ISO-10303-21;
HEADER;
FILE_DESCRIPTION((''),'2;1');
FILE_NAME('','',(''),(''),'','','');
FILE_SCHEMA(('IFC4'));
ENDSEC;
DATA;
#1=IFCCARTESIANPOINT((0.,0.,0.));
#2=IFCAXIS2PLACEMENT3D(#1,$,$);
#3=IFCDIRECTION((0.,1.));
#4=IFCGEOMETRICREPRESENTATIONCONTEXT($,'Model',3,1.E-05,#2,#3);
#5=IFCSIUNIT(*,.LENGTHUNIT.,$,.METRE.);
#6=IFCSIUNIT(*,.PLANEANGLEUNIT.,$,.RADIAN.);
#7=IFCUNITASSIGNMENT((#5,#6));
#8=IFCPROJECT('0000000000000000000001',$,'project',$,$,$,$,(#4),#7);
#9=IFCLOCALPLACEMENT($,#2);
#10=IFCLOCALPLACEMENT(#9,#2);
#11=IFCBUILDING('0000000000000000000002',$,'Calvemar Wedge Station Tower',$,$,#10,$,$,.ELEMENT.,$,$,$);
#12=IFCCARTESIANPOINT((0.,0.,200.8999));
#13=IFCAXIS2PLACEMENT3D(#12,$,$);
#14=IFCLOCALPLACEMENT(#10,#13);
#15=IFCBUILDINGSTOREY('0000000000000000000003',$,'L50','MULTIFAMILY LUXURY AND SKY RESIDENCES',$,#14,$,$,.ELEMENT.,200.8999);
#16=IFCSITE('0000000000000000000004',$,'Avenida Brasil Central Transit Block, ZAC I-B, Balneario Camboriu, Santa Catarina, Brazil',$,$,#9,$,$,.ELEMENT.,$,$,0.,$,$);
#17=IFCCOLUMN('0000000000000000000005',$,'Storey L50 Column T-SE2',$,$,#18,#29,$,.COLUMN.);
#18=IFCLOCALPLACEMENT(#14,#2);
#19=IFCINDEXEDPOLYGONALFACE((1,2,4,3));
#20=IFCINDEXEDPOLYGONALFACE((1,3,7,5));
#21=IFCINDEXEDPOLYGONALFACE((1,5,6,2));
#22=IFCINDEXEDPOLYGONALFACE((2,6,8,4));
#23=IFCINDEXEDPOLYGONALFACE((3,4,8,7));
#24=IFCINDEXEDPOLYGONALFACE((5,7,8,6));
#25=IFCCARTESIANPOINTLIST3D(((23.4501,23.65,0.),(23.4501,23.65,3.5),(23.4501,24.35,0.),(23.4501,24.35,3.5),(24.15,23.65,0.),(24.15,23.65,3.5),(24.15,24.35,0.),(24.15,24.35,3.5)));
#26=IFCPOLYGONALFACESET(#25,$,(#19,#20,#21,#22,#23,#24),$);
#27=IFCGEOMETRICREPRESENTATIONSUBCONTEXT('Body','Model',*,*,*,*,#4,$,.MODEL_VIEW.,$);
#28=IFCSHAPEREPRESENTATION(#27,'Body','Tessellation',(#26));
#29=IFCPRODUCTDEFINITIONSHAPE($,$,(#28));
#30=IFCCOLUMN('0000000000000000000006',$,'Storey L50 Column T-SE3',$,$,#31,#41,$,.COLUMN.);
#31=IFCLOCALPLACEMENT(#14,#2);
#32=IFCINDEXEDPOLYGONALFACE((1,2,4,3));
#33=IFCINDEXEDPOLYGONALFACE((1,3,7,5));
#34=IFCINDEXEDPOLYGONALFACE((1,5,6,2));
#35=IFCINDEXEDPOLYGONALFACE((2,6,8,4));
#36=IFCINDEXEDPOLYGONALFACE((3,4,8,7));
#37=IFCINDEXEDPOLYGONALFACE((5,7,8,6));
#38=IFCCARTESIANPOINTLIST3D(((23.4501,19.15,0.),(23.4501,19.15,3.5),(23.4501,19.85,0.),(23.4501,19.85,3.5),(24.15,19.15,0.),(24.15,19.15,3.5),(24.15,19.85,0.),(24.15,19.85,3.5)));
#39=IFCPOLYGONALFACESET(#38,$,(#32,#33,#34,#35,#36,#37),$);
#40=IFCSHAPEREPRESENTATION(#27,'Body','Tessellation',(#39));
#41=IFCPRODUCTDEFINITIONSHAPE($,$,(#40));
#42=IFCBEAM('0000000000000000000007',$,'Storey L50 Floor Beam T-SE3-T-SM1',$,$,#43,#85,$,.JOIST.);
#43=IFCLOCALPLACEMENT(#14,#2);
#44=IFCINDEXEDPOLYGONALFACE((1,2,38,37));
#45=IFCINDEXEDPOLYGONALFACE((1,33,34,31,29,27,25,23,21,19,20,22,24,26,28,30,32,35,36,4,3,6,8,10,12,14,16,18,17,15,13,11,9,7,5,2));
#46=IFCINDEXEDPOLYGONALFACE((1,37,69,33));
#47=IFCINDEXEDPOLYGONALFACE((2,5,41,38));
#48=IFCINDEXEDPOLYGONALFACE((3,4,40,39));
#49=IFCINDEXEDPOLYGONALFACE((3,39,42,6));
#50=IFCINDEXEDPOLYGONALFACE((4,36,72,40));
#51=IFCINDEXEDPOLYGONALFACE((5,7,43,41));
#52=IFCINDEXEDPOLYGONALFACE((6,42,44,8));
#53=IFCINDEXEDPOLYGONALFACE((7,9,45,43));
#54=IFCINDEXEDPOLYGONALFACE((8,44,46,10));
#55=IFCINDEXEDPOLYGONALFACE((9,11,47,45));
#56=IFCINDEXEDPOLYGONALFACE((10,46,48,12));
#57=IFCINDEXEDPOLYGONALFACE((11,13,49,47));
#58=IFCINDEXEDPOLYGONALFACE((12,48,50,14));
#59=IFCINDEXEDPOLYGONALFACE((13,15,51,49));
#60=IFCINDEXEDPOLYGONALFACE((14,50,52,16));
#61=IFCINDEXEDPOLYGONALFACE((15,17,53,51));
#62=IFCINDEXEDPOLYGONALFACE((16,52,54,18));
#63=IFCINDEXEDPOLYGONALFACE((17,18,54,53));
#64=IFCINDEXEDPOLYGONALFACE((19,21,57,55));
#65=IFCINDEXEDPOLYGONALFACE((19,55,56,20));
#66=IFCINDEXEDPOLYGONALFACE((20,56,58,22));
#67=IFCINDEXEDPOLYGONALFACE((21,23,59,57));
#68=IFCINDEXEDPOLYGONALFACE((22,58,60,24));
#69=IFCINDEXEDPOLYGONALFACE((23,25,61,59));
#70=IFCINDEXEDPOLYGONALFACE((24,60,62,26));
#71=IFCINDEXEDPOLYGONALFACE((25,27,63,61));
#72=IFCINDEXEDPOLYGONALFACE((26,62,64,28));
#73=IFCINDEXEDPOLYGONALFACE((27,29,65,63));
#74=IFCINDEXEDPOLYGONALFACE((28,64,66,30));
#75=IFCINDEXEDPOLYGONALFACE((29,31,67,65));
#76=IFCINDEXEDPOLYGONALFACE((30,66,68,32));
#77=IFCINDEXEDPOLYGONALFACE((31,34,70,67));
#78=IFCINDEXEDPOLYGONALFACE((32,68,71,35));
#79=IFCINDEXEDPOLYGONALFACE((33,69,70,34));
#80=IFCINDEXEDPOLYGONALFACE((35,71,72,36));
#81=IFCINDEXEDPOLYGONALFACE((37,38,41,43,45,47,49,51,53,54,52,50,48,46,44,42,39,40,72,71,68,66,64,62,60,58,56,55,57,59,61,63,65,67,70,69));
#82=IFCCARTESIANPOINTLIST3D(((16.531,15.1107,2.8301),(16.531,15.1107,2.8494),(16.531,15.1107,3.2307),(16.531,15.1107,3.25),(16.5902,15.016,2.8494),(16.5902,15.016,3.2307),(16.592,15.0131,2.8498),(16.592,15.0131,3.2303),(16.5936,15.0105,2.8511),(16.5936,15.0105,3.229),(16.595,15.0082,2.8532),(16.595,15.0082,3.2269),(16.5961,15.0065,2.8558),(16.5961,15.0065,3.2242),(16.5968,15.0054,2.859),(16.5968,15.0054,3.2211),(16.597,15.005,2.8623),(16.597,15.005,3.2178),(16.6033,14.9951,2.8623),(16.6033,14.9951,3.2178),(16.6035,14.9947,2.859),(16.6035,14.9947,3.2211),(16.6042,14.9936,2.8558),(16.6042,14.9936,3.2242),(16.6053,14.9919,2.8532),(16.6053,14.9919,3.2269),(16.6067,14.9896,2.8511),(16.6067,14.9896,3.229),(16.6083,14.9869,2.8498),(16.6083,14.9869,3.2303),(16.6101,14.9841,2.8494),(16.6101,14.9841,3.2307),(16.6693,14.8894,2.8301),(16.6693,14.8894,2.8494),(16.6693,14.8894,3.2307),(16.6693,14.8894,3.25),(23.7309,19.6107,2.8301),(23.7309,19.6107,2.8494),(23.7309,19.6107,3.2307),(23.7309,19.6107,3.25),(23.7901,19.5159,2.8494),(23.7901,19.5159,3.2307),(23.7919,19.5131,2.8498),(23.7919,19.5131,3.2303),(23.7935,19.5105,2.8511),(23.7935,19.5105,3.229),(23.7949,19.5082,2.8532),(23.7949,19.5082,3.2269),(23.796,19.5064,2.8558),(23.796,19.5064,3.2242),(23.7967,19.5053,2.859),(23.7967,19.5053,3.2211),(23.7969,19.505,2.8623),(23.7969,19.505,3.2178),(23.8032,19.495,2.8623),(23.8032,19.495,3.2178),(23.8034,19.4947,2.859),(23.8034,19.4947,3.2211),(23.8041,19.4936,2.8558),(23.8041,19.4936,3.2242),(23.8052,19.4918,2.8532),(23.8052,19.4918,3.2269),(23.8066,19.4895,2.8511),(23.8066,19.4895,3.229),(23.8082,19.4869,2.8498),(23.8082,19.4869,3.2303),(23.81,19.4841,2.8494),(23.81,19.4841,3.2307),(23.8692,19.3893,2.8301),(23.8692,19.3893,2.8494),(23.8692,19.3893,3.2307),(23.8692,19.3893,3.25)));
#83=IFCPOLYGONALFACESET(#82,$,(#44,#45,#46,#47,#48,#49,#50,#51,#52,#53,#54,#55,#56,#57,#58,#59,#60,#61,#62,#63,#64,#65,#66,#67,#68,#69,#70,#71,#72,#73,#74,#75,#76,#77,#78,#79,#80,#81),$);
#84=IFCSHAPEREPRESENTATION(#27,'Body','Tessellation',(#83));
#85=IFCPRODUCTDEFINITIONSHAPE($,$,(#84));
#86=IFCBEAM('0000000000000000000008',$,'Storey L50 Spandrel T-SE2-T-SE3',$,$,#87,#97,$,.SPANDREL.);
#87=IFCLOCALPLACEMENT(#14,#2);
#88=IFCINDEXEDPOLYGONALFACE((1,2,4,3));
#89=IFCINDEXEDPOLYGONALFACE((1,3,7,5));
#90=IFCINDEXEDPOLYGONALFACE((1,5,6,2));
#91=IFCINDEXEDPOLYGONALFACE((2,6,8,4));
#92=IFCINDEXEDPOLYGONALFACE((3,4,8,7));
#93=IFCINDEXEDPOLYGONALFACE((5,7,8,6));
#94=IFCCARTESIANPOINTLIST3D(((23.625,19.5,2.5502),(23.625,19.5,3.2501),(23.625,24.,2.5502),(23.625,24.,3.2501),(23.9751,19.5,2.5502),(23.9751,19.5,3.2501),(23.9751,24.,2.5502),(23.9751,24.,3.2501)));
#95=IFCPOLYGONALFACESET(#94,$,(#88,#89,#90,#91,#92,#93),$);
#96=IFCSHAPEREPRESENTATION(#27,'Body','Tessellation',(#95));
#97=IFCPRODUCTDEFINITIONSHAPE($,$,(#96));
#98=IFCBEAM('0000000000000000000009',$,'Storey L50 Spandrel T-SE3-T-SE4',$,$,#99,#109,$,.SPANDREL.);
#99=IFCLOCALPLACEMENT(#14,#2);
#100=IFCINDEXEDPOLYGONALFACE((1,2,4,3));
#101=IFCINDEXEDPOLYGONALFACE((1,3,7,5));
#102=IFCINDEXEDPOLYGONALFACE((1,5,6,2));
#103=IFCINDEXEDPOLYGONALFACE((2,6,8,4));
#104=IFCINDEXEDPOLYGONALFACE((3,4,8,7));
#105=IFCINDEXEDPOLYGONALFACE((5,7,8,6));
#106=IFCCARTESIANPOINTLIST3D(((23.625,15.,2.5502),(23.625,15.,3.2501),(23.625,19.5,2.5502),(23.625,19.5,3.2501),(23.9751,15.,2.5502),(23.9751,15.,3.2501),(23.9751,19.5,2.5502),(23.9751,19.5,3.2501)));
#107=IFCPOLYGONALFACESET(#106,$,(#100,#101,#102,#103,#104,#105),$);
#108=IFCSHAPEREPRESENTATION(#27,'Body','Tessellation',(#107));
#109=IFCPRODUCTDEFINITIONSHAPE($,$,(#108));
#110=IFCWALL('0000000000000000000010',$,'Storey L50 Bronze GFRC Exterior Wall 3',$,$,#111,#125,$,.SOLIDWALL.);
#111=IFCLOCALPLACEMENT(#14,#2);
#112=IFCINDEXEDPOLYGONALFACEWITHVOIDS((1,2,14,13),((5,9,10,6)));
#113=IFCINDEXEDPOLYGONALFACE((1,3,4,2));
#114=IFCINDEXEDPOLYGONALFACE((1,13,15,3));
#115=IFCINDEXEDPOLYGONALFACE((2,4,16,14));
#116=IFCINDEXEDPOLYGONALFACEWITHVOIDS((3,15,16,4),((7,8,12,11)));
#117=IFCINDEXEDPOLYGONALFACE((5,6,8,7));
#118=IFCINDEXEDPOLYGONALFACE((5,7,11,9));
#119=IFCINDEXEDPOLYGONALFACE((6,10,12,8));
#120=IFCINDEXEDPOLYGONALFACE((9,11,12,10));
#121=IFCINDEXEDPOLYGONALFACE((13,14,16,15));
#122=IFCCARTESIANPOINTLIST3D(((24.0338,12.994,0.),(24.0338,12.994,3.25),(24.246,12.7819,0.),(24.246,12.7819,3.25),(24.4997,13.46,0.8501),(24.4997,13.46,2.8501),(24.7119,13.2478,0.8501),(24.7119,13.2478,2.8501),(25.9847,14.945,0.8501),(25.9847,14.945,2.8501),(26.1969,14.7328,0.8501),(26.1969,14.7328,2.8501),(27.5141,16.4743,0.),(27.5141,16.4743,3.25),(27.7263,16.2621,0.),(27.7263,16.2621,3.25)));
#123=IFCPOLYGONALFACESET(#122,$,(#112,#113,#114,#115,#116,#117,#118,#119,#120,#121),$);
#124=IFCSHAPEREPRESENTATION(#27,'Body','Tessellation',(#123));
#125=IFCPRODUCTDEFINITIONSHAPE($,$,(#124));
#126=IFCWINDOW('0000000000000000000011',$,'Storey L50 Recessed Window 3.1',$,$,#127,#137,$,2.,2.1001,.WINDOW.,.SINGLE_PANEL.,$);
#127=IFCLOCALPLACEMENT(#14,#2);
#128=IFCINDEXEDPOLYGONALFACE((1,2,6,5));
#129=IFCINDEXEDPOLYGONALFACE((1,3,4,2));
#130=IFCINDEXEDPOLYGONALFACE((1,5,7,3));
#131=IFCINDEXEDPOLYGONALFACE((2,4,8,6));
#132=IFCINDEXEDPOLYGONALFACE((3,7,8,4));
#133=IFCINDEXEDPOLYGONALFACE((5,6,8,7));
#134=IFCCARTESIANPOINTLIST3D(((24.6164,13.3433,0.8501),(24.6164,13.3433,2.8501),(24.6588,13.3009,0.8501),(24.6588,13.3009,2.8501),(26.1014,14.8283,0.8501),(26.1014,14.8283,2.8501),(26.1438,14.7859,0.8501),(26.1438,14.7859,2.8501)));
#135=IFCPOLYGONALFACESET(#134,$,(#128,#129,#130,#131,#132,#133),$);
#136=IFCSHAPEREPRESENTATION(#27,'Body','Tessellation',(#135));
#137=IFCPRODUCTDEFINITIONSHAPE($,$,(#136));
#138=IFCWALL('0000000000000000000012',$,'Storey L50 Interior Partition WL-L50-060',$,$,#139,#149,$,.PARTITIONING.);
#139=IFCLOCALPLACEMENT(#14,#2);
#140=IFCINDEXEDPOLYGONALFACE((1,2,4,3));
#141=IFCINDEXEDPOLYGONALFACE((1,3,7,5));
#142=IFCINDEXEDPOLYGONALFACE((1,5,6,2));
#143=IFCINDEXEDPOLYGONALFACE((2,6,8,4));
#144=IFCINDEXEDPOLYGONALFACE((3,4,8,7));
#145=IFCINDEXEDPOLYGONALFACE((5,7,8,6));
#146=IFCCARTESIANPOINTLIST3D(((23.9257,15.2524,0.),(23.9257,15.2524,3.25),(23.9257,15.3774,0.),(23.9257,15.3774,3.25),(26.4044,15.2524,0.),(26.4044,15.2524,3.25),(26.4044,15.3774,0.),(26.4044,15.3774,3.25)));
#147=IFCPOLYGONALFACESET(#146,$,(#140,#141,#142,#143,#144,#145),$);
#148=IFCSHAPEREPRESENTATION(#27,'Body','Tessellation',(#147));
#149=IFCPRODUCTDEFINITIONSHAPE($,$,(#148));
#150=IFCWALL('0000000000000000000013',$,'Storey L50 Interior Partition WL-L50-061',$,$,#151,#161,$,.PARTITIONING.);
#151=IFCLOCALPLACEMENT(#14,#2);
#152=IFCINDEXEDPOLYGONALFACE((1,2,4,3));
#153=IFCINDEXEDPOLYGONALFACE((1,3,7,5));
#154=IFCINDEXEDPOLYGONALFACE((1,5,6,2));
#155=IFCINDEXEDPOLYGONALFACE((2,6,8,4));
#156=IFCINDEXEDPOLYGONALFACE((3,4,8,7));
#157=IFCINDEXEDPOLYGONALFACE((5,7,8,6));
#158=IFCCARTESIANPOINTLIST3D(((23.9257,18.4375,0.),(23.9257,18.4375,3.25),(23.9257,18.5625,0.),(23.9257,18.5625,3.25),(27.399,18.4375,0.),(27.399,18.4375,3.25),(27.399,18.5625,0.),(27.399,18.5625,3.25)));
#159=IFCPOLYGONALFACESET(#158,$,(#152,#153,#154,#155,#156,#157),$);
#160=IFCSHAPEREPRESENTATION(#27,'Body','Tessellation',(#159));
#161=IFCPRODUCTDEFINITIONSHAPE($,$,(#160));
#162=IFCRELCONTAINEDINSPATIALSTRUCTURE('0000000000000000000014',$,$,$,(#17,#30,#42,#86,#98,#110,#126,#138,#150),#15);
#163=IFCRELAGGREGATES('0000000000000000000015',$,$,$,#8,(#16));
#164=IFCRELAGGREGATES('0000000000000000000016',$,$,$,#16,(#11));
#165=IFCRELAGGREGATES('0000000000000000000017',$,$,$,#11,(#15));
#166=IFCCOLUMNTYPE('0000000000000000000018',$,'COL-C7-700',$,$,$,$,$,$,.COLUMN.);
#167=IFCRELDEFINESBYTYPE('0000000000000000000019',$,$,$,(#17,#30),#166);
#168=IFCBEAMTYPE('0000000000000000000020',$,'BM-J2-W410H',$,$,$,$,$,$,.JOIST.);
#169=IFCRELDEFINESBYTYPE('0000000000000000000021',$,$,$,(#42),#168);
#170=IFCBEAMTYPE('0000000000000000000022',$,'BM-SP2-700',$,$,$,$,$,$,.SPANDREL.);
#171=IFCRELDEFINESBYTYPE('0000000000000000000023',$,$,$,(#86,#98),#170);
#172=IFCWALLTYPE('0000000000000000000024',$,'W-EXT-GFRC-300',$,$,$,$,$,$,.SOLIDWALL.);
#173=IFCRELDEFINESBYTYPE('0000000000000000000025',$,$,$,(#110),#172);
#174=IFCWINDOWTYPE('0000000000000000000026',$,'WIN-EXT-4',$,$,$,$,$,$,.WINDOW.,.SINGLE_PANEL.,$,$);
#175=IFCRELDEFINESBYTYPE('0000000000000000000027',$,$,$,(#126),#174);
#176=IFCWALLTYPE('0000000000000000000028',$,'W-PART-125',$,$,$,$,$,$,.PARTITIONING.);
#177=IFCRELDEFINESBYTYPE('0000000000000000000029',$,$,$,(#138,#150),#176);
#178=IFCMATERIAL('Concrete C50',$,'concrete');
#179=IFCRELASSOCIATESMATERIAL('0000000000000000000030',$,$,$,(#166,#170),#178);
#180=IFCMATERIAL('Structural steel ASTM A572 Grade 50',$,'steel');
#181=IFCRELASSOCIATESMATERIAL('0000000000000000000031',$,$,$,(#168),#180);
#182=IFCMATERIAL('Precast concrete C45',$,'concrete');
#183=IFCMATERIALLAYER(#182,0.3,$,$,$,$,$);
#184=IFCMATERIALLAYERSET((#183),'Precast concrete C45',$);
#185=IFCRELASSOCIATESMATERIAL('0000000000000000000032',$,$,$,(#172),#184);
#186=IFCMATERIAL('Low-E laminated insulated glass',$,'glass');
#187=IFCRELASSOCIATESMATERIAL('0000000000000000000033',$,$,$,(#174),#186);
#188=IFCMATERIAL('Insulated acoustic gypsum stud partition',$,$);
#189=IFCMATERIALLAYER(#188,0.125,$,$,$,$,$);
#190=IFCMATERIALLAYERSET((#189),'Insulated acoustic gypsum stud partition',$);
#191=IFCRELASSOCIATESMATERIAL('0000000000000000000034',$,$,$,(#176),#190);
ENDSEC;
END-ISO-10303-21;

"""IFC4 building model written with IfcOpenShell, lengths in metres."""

from ifc_helpers import new_model, si_unit, direction, frame, frame_2d, origin, origin_2d, place, context, subcontext, project, spatial, rectangle, i_section, extrude, source, transform, mapped, material, layer, layer_set, material_profile, profile_set, type_object, element, fill, save


model = new_model("IFC4")

# Units and contexts
model_context = context("Model", 3, precision=1e-05, world=origin(), true_north=direction((0.0, 1.0)))
body_context = subcontext(model_context, "Body", "Model", "MODEL_VIEW")
ifc_project = project(units=[si_unit("LENGTHUNIT", "METRE"), si_unit("PLANEANGLEUNIT", "RADIAN")], contexts=[model_context])

# Site, building, storey
site_placement = place(None, origin())
site = spatial("IfcSite", under=ifc_project, at=site_placement, Name="Avenida Brasil Central Transit Block, ZAC I-B, Balneario Camboriu, Santa Catarina, Brazil", CompositionType="ELEMENT", RefElevation=0.0)
building_placement = place(site_placement, origin())
building = spatial("IfcBuilding", under=site, at=building_placement, Name="Calvemar Wedge Station Tower", CompositionType="ELEMENT")
storey_placement = place(building_placement, frame((0.0, 0.0, 200.8999)))
storey = spatial("IfcBuildingStorey", under=building, at=storey_placement, Name="L50", Description="MULTIFAMILY LUXURY AND SKY RESIDENCES", CompositionType="ELEMENT", Elevation=200.8999)

# Columns
ifc_material_1 = material(Name="Concrete C50", Category="concrete")
ifc_material_profile_1 = material_profile(ifc_material_1, rectangle(XDim=0.7, YDim=0.7, at=origin_2d()), Name="RC700x700")
ifc_profile_set_1 = profile_set([ifc_material_profile_1], Name="Concrete C50")
column_type = type_object("IfcColumnType", Name="COL-C7-700", PredefinedType="COLUMN", material=ifc_profile_set_1)
shared_shape_1 = source(origin(), body_context, "Body", "SweptSolid", [
    extrude(rectangle(XDim=0.7, YDim=0.7, at=origin_2d()), origin(), (0.0, 0.0, 1.0), 3.5),
])
for number, where, z_axis, x_axis, name in (
    (1, (23.8, 24.0, 0.0), (0.0, 0.0, 1.0), (1.0, 0.0, 0.0), "Storey L50 Column T-SE2"),
    (2, (23.8, 19.5, 0.0), (0.0, 0.0, 1.0), (1.0, 0.0, 0.0), "Storey L50 Column T-SE3"),
):
    element("IfcColumn", number, at=place(storey_placement, frame(where, z_axis=z_axis, x_axis=x_axis)), inside=storey, type_object=column_type, Name=name, PredefinedType="COLUMN", context=body_context, shape_type="MappedRepresentation", body=[
        mapped(shared_shape_1, transform((0.0, 0.0, 0.0), scale=1.0)),
    ])

# Beams
ifc_material_2 = material(Name="Structural steel ASTM A572 Grade 50", Category="steel")
ifc_material_profile_2 = material_profile(ifc_material_2, i_section(OverallWidth=0.261, OverallDepth=0.4199, WebThickness=0.0117, FlangeThickness=0.0193, FilletRadius=0.0129, at=origin_2d()), Name="W410x114")
ifc_profile_set_2 = profile_set([ifc_material_profile_2], Name="Structural steel ASTM A572 Grade 50")
beam_type_1 = type_object("IfcBeamType", Name="BM-J2-W410H", PredefinedType="JOIST", material=ifc_profile_set_2)
shared_shape_2 = source(origin(), body_context, "Body", "SweptSolid", [
    extrude(i_section(OverallWidth=0.261, OverallDepth=0.4199, WebThickness=0.0117, FlangeThickness=0.0193, FilletRadius=0.0129, at=origin_2d()), origin(), (0.0, 0.0, 1.0), 8.4905),
])
beam_placement = place(storey_placement, frame((23.8, 19.5, 3.04), z_axis=(-0.847997, -0.530002, 0.0), x_axis=(0.530002, -0.847997, 0.0)))
element("IfcBeam", 3, at=beam_placement, inside=storey, type_object=beam_type_1, Name="Storey L50 Floor Beam T-SE3-T-SM1", PredefinedType="JOIST", context=body_context, shape_type="MappedRepresentation", body=[
    mapped(shared_shape_2, transform((0.0, 0.0, 0.0), scale=1.0)),
])
ifc_material_profile_3 = material_profile(ifc_material_1, rectangle(XDim=0.3501, YDim=0.7, at=origin_2d()), Name="RC350x700")
ifc_profile_set_3 = profile_set([ifc_material_profile_3], Name="Concrete C50")
beam_type_2 = type_object("IfcBeamType", Name="BM-SP2-700", PredefinedType="SPANDREL", material=ifc_profile_set_3)
shared_shape_3 = source(origin(), body_context, "Body", "SweptSolid", [
    extrude(rectangle(XDim=0.3501, YDim=0.7, at=origin_2d()), origin(), (0.0, 0.0, 1.0), 4.5),
])
for number, where, z_axis, x_axis, name in (
    (4, (23.8, 24.0, 2.9001), (0.0, -1.0, 0.0), (1.0, 0.0, 0.0), "Storey L50 Spandrel T-SE2-T-SE3"),
    (5, (23.8, 19.5, 2.9001), (0.0, -1.0, 0.0), (1.0, 0.0, 0.0), "Storey L50 Spandrel T-SE3-T-SE4"),
):
    element("IfcBeam", number, at=place(storey_placement, frame(where, z_axis=z_axis, x_axis=x_axis)), inside=storey, type_object=beam_type_2, Name=name, PredefinedType="SPANDREL", context=body_context, shape_type="MappedRepresentation", body=[
        mapped(shared_shape_3, transform((0.0, 0.0, 0.0), scale=1.0)),
    ])

# Wall, opening, window
ifc_material_3 = material(Name="Precast concrete C45", Category="concrete")
ifc_layer_1 = layer(ifc_material_3, 0.3)
ifc_layer_set_1 = layer_set([ifc_layer_1], Name="Precast concrete C45")
wall_type_1 = type_object("IfcWallType", Name="W-EXT-GFRC-300", PredefinedType="SOLIDWALL", material=ifc_layer_set_1)
wall_1_placement = place(storey_placement, frame((24.1399, 12.8879, 0.0), z_axis=(0.0, 0.0, 1.0), x_axis=(0.707107, 0.707107, 0.0)))
wall_1 = element("IfcWall", 6, at=wall_1_placement, inside=storey, type_object=wall_type_1, Name="Storey L50 Bronze GFRC Exterior Wall 3", PredefinedType="SOLIDWALL", context=body_context, shape_type="SweptSolid", body=[
    extrude(rectangle(XDim=4.9219, YDim=0.3, at=frame_2d((2.4609, 0.0))), origin(), (0.0, 0.0, 1.0), 3.25),
])
shared_shape_4 = source(origin(), body_context, "Body", "SweptSolid", [
    extrude(rectangle(XDim=2.1001, YDim=2.0, at=frame_2d((1.05, 1.0))), frame((0.0, 0.1602, 0.0), z_axis=(0.0, -1.0, 0.0), x_axis=(1.0, 0.0, 0.0)), (0.0, 0.0, 1.0), 0.3201),
])
opening_1_placement = place(wall_1_placement, frame((0.6589, 0.0, 0.8501)))
opening_1 = element("IfcOpeningElement", 7, at=opening_1_placement, cuts=wall_1, PredefinedType="OPENING", context=body_context, shape_type="MappedRepresentation", body=[
    mapped(shared_shape_4, transform((0.0, 0.0, 0.0), scale=1.0)),
])
ifc_material_4 = material(Name="Low-E laminated insulated glass", Category="glass")
window_type_1 = type_object("IfcWindowType", Name="WIN-EXT-4", PartitioningType="SINGLE_PANEL", PredefinedType="WINDOW", material=ifc_material_4)
shared_shape_5 = source(origin(), body_context, "Body", "SweptSolid", [
    extrude(rectangle(XDim=2.1001, YDim=2.0, at=frame_2d((1.05, 1.0))), frame((0.0, -0.0149, 0.0), z_axis=(0.0, -1.0, 0.0), x_axis=(1.0, 0.0, 0.0)), (0.0, 0.0, 1.0), 0.0601),
])
window_1_placement = place(opening_1_placement, origin())
window_1 = element("IfcWindow", 8, at=window_1_placement, inside=storey, type_object=window_type_1, Name="Storey L50 Recessed Window 3.1", OverallHeight=2.0, OverallWidth=2.1001, PartitioningType="SINGLE_PANEL", PredefinedType="WINDOW", context=body_context, shape_type="MappedRepresentation", body=[
    mapped(shared_shape_5, transform((0.0, 0.0, 0.0), scale=1.0)),
])
fill(opening_1, window_1)

# Shared definitions
ifc_material_5 = material(Name="Insulated acoustic gypsum stud partition")
ifc_layer_2 = layer(ifc_material_5, 0.125)
ifc_layer_set_2 = layer_set([ifc_layer_2], Name="Insulated acoustic gypsum stud partition")
wall_type_2 = type_object("IfcWallType", Name="W-PART-125", PredefinedType="PARTITIONING", material=ifc_layer_set_2)

# Walls
wall_2_placement = place(storey_placement, frame((26.4043, 15.3149, 0.0), z_axis=(0.0, 0.0, 1.0), x_axis=(-1.0, 0.0, 0.0)))
element("IfcWall", 9, at=wall_2_placement, inside=storey, type_object=wall_type_2, Name="Storey L50 Interior Partition WL-L50-060", PredefinedType="PARTITIONING", context=body_context, shape_type="SweptSolid", body=[
    extrude(rectangle(XDim=2.4788, YDim=0.125, at=frame_2d((1.2393, 0.0))), origin(), (0.0, 0.0, 1.0), 3.25),
])
wall_3_placement = place(storey_placement, frame((23.9255, 18.5, 0.0), z_axis=(0.0, 0.0, 1.0), x_axis=(1.0, 0.0, 0.0)))
element("IfcWall", 10, at=wall_3_placement, inside=storey, type_object=wall_type_2, Name="Storey L50 Interior Partition WL-L50-061", PredefinedType="PARTITIONING", context=body_context, shape_type="SweptSolid", body=[
    extrude(rectangle(XDim=3.4734, YDim=0.125, at=frame_2d((1.7368, 0.0))), origin(), (0.0, 0.0, 1.0), 3.25),
])

save(model, "model.ifc")
